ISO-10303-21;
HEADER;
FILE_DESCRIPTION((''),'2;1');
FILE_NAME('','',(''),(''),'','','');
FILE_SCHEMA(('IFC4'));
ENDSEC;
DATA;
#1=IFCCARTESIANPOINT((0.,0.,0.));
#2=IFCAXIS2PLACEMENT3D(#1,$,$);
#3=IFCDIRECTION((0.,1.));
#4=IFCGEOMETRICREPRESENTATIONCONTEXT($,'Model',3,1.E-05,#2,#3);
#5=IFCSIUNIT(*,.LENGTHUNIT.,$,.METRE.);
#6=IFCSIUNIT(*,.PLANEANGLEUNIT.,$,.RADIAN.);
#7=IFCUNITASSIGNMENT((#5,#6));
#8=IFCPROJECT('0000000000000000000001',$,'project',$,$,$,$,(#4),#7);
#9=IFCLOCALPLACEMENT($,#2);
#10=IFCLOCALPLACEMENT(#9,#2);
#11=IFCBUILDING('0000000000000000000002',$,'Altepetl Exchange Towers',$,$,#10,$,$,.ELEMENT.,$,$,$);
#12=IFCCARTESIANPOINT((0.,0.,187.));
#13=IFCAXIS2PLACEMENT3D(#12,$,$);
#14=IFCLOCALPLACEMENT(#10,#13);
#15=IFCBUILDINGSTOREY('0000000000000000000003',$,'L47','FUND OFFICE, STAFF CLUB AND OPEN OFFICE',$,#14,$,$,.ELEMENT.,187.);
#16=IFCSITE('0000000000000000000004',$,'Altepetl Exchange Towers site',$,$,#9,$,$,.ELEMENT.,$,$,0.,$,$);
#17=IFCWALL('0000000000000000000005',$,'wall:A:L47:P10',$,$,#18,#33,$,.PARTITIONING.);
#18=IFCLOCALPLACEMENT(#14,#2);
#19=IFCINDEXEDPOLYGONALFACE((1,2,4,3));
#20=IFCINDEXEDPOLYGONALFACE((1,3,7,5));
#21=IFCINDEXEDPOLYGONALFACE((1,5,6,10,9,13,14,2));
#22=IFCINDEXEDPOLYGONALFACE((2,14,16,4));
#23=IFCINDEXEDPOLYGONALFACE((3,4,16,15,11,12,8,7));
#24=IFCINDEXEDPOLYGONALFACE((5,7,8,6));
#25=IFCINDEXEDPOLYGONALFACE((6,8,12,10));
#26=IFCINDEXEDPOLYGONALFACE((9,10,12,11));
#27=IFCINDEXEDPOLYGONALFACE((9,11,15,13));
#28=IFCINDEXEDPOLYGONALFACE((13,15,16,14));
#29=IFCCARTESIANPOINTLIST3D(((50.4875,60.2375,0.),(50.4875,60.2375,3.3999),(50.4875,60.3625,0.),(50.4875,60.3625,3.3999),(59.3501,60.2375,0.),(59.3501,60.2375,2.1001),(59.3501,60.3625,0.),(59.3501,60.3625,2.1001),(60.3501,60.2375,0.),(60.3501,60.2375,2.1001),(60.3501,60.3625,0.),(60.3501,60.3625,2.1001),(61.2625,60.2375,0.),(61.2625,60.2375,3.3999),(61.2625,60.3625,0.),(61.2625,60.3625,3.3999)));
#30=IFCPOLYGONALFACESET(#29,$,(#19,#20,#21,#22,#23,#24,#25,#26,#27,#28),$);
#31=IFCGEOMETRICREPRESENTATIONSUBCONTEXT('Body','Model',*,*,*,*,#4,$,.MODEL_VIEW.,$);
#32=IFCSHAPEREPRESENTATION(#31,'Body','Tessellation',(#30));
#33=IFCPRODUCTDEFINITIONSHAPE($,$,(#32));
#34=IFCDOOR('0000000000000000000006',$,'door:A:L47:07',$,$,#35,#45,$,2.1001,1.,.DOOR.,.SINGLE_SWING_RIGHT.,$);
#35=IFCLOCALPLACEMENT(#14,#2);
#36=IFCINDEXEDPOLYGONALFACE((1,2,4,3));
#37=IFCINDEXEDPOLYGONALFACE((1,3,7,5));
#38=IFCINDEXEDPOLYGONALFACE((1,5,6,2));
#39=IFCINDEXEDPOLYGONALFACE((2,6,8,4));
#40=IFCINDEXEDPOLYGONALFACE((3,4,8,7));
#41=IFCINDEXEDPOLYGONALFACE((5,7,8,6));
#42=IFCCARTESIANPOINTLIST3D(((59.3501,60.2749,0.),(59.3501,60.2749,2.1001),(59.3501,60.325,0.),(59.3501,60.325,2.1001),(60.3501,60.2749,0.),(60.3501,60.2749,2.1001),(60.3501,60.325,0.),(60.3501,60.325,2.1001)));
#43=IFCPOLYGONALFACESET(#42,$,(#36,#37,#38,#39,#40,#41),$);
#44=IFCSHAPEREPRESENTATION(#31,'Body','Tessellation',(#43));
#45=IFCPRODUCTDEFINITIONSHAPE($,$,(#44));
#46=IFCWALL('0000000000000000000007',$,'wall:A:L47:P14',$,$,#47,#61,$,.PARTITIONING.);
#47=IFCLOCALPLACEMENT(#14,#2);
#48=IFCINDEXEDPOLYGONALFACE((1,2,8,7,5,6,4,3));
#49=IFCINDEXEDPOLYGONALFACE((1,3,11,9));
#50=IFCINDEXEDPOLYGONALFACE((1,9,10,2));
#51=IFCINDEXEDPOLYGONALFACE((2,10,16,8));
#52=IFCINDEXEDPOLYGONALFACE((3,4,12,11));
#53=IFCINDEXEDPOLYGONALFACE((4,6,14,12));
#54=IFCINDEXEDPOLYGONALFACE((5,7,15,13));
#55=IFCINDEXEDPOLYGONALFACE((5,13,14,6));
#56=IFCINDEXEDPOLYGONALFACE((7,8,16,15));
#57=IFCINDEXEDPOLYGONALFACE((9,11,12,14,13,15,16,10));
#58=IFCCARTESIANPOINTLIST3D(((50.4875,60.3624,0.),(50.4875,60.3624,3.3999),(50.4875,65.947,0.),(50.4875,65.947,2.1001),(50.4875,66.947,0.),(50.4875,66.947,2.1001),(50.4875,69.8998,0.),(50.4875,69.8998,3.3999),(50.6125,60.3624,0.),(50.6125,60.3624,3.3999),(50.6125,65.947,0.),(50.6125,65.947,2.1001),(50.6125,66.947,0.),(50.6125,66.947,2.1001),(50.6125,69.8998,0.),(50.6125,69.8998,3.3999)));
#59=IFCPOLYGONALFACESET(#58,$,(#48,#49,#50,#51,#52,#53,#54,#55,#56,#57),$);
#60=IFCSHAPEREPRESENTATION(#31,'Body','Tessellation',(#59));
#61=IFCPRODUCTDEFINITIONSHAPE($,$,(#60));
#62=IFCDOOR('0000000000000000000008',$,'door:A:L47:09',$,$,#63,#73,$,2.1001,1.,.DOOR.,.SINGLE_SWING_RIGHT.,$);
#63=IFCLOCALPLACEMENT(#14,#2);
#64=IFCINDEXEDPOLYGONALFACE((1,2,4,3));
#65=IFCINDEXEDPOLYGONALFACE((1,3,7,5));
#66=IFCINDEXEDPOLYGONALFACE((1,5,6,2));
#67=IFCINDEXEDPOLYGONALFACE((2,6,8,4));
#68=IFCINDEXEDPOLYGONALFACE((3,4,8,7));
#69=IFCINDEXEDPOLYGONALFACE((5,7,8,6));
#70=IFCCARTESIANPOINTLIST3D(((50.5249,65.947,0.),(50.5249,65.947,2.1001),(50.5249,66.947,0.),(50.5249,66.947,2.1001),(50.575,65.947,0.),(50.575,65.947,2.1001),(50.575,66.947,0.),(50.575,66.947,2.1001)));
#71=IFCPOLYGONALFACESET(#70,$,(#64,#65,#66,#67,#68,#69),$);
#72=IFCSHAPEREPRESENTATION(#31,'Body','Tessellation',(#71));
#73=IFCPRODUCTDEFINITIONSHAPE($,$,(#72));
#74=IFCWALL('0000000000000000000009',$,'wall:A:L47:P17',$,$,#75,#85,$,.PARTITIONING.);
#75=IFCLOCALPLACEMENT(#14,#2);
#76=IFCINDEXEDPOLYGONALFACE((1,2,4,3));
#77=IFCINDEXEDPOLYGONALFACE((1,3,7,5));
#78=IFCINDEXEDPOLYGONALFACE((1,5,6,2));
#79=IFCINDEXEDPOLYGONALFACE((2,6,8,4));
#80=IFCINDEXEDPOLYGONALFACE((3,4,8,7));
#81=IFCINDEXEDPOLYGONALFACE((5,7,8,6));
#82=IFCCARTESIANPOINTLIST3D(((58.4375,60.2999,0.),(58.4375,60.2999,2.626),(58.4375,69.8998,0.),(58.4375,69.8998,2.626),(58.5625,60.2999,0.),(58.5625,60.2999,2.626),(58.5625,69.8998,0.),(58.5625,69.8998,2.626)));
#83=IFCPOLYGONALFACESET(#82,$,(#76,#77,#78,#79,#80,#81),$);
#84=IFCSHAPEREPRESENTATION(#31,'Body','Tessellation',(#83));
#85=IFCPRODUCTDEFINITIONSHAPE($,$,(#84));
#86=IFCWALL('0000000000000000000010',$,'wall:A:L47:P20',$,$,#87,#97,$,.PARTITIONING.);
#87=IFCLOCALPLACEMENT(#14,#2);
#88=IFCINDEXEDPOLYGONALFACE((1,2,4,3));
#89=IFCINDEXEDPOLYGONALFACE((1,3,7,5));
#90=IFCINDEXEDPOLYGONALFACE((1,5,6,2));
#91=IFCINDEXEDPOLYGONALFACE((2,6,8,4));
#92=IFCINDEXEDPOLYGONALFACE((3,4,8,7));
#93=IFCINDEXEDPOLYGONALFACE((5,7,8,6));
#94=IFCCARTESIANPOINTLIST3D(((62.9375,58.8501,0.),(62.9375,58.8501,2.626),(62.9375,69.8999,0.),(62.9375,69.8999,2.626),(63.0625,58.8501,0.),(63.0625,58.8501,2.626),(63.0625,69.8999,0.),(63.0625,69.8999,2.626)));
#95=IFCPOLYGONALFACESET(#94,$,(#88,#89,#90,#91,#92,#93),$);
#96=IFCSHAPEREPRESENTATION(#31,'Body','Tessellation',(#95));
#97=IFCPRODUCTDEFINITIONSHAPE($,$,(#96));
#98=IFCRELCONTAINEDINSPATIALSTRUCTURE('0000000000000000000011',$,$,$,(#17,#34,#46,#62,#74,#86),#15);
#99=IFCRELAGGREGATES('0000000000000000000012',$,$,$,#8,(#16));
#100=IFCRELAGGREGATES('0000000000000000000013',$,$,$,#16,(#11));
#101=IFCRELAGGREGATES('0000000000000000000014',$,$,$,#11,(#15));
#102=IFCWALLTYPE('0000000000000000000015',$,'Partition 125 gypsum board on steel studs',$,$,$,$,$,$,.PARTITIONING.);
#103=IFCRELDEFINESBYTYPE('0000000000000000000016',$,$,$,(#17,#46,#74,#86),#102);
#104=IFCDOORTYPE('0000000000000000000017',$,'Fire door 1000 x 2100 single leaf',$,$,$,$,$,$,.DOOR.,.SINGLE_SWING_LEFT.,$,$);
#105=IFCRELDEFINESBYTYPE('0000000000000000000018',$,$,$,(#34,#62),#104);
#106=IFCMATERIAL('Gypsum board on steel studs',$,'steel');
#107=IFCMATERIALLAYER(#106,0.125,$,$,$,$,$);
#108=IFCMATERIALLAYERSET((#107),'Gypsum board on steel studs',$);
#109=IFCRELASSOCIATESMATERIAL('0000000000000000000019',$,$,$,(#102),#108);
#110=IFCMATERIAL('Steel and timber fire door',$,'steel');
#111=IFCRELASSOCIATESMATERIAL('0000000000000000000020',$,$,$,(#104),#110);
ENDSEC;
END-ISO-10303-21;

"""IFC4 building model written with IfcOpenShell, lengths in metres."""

from ifc_helpers import new_model, si_unit, direction, frame, frame_2d, origin, place, context, subcontext, project, spatial, rectangle, extrude, material, layer, layer_set, type_object, element, fill, save


model = new_model("IFC4")

# Units and contexts
model_context = context("Model", 3, precision=1e-05, world=origin(), true_north=direction((0.0, 1.0)))
body_context = subcontext(model_context, "Body", "Model", "MODEL_VIEW")
ifc_project = project(units=[si_unit("LENGTHUNIT", "METRE"), si_unit("PLANEANGLEUNIT", "RADIAN")], contexts=[model_context])

# Site, building, storey
site_placement = place(None, origin())
site = spatial("IfcSite", under=ifc_project, at=site_placement, Name="Altepetl Exchange Towers site", CompositionType="ELEMENT", RefElevation=0.0)
building_placement = place(site_placement, origin())
building = spatial("IfcBuilding", under=site, at=building_placement, Name="Altepetl Exchange Towers", CompositionType="ELEMENT")
storey_placement = place(building_placement, frame((0.0, 0.0, 187.0)))
storey = spatial("IfcBuildingStorey", under=building, at=storey_placement, Name="L47", Description="FUND OFFICE, STAFF CLUB AND OPEN OFFICE", CompositionType="ELEMENT", Elevation=187.0)

# Shared definitions
ifc_material_1 = material(Name="Gypsum board on steel studs", Category="steel")
ifc_layer_1 = layer(ifc_material_1, 0.125)
ifc_layer_set_1 = layer_set([ifc_layer_1], Name="Gypsum board on steel studs")
wall_type = type_object("IfcWallType", Name="Partition 125 gypsum board on steel studs", PredefinedType="PARTITIONING", material=ifc_layer_set_1)

# Walls, openings, doors
wall_1_placement = place(storey_placement, frame((50.4875, 60.3, 0.0)))
wall_1 = element("IfcWall", 1, at=wall_1_placement, inside=storey, type_object=wall_type, Name="wall:A:L47:P10", PredefinedType="PARTITIONING", context=body_context, shape_type="SweptSolid", body=[
    extrude(rectangle(XDim=10.7749, YDim=0.125, at=frame_2d((5.3875, 0.0))), origin(), (0.0, 0.0, 1.0), 3.3999),
])
opening_1_placement = place(wall_1_placement, frame((8.8625, 0.0, 0.0)))
opening_1 = element("IfcOpeningElement", 2, at=opening_1_placement, cuts=wall_1, PredefinedType="OPENING", context=body_context, shape_type="SweptSolid", body=[
    extrude(rectangle(XDim=1.0, YDim=2.1001, at=frame_2d((0.5, 1.05))), frame((0.0, 0.0725, 0.0), z_axis=(0.0, -1.0, 0.0), x_axis=(1.0, 0.0, 0.0)), (0.0, 0.0, 1.0), 0.145),
])
ifc_material_2 = material(Name="Steel and timber fire door", Category="steel")
door_type = type_object("IfcDoorType", Name="Fire door 1000 x 2100 single leaf", OperationType="SINGLE_SWING_LEFT", PredefinedType="DOOR", material=ifc_material_2)
door_1_placement = place(opening_1_placement, origin())
door_1 = element("IfcDoor", 3, at=door_1_placement, inside=storey, type_object=door_type, Name="door:A:L47:07", OperationType="SINGLE_SWING_RIGHT", OverallHeight=2.1001, OverallWidth=1.0, PredefinedType="DOOR", context=body_context, shape_type="SweptSolid", body=[
    extrude(rectangle(XDim=1.0, YDim=2.1001, at=frame_2d((0.5, 1.05))), frame((0.0, 0.0249, 0.0), z_axis=(0.0, -1.0, 0.0), x_axis=(1.0, 0.0, 0.0)), (0.0, 0.0, 1.0), 0.05),
])
fill(opening_1, door_1)
wall_2_placement = place(storey_placement, frame((50.55, 60.3625, 0.0), z_axis=(0.0, 0.0, 1.0), x_axis=(0.0, 1.0, 0.0)))
wall_2 = element("IfcWall", 4, at=wall_2_placement, inside=storey, type_object=wall_type, Name="wall:A:L47:P14", PredefinedType="PARTITIONING", context=body_context, shape_type="SweptSolid", body=[
    extrude(rectangle(XDim=9.5374, YDim=0.125, at=frame_2d((4.7686, 0.0))), origin(), (0.0, 0.0, 1.0), 3.3999),
])
opening_2_placement = place(wall_2_placement, frame((5.5845, 0.0, 0.0)))
opening_2 = element("IfcOpeningElement", 5, at=opening_2_placement, cuts=wall_2, PredefinedType="OPENING", context=body_context, shape_type="SweptSolid", body=[
    extrude(rectangle(XDim=1.0, YDim=2.1001, at=frame_2d((0.5, 1.05))), frame((0.0, 0.0725, 0.0), z_axis=(0.0, -1.0, 0.0), x_axis=(1.0, 0.0, 0.0)), (0.0, 0.0, 1.0), 0.145),
])
door_2_placement = place(opening_2_placement, frame((1.0, 0.0, 0.0), x_axis=(-1.0, 0.0, 0.0)))
door_2 = element("IfcDoor", 6, at=door_2_placement, inside=storey, type_object=door_type, Name="door:A:L47:09", OperationType="SINGLE_SWING_RIGHT", OverallHeight=2.1001, OverallWidth=1.0, PredefinedType="DOOR", context=body_context, shape_type="SweptSolid", body=[
    extrude(rectangle(XDim=1.0, YDim=2.1001, at=frame_2d((0.5, 1.05))), frame((0.0, 0.0249, 0.0), z_axis=(0.0, -1.0, 0.0), x_axis=(1.0, 0.0, 0.0)), (0.0, 0.0, 1.0), 0.05),
])
fill(opening_2, door_2)

# Walls
wall_3_placement = place(storey_placement, frame((58.5, 60.3, 0.0), z_axis=(0.0, 0.0, 1.0), x_axis=(0.0, 1.0, 0.0)))
element("IfcWall", 7, at=wall_3_placement, inside=storey, type_object=wall_type, Name="wall:A:L47:P17", PredefinedType="PARTITIONING", context=body_context, shape_type="SweptSolid", body=[
    extrude(rectangle(XDim=9.5999, YDim=0.125, at=frame_2d((4.7998, 0.0))), origin(), (0.0, 0.0, 1.0), 2.626),
])
wall_4_placement = place(storey_placement, frame((63.0, 58.8501, 0.0), z_axis=(0.0, 0.0, 1.0), x_axis=(0.0, 1.0, 0.0)))
element("IfcWall", 8, at=wall_4_placement, inside=storey, type_object=wall_type, Name="wall:A:L47:P20", PredefinedType="PARTITIONING", context=body_context, shape_type="SweptSolid", body=[
    extrude(rectangle(XDim=11.0498, YDim=0.125, at=frame_2d((5.5249, 0.0))), origin(), (0.0, 0.0, 1.0), 2.626),
])

save(model, "model.ifc")
